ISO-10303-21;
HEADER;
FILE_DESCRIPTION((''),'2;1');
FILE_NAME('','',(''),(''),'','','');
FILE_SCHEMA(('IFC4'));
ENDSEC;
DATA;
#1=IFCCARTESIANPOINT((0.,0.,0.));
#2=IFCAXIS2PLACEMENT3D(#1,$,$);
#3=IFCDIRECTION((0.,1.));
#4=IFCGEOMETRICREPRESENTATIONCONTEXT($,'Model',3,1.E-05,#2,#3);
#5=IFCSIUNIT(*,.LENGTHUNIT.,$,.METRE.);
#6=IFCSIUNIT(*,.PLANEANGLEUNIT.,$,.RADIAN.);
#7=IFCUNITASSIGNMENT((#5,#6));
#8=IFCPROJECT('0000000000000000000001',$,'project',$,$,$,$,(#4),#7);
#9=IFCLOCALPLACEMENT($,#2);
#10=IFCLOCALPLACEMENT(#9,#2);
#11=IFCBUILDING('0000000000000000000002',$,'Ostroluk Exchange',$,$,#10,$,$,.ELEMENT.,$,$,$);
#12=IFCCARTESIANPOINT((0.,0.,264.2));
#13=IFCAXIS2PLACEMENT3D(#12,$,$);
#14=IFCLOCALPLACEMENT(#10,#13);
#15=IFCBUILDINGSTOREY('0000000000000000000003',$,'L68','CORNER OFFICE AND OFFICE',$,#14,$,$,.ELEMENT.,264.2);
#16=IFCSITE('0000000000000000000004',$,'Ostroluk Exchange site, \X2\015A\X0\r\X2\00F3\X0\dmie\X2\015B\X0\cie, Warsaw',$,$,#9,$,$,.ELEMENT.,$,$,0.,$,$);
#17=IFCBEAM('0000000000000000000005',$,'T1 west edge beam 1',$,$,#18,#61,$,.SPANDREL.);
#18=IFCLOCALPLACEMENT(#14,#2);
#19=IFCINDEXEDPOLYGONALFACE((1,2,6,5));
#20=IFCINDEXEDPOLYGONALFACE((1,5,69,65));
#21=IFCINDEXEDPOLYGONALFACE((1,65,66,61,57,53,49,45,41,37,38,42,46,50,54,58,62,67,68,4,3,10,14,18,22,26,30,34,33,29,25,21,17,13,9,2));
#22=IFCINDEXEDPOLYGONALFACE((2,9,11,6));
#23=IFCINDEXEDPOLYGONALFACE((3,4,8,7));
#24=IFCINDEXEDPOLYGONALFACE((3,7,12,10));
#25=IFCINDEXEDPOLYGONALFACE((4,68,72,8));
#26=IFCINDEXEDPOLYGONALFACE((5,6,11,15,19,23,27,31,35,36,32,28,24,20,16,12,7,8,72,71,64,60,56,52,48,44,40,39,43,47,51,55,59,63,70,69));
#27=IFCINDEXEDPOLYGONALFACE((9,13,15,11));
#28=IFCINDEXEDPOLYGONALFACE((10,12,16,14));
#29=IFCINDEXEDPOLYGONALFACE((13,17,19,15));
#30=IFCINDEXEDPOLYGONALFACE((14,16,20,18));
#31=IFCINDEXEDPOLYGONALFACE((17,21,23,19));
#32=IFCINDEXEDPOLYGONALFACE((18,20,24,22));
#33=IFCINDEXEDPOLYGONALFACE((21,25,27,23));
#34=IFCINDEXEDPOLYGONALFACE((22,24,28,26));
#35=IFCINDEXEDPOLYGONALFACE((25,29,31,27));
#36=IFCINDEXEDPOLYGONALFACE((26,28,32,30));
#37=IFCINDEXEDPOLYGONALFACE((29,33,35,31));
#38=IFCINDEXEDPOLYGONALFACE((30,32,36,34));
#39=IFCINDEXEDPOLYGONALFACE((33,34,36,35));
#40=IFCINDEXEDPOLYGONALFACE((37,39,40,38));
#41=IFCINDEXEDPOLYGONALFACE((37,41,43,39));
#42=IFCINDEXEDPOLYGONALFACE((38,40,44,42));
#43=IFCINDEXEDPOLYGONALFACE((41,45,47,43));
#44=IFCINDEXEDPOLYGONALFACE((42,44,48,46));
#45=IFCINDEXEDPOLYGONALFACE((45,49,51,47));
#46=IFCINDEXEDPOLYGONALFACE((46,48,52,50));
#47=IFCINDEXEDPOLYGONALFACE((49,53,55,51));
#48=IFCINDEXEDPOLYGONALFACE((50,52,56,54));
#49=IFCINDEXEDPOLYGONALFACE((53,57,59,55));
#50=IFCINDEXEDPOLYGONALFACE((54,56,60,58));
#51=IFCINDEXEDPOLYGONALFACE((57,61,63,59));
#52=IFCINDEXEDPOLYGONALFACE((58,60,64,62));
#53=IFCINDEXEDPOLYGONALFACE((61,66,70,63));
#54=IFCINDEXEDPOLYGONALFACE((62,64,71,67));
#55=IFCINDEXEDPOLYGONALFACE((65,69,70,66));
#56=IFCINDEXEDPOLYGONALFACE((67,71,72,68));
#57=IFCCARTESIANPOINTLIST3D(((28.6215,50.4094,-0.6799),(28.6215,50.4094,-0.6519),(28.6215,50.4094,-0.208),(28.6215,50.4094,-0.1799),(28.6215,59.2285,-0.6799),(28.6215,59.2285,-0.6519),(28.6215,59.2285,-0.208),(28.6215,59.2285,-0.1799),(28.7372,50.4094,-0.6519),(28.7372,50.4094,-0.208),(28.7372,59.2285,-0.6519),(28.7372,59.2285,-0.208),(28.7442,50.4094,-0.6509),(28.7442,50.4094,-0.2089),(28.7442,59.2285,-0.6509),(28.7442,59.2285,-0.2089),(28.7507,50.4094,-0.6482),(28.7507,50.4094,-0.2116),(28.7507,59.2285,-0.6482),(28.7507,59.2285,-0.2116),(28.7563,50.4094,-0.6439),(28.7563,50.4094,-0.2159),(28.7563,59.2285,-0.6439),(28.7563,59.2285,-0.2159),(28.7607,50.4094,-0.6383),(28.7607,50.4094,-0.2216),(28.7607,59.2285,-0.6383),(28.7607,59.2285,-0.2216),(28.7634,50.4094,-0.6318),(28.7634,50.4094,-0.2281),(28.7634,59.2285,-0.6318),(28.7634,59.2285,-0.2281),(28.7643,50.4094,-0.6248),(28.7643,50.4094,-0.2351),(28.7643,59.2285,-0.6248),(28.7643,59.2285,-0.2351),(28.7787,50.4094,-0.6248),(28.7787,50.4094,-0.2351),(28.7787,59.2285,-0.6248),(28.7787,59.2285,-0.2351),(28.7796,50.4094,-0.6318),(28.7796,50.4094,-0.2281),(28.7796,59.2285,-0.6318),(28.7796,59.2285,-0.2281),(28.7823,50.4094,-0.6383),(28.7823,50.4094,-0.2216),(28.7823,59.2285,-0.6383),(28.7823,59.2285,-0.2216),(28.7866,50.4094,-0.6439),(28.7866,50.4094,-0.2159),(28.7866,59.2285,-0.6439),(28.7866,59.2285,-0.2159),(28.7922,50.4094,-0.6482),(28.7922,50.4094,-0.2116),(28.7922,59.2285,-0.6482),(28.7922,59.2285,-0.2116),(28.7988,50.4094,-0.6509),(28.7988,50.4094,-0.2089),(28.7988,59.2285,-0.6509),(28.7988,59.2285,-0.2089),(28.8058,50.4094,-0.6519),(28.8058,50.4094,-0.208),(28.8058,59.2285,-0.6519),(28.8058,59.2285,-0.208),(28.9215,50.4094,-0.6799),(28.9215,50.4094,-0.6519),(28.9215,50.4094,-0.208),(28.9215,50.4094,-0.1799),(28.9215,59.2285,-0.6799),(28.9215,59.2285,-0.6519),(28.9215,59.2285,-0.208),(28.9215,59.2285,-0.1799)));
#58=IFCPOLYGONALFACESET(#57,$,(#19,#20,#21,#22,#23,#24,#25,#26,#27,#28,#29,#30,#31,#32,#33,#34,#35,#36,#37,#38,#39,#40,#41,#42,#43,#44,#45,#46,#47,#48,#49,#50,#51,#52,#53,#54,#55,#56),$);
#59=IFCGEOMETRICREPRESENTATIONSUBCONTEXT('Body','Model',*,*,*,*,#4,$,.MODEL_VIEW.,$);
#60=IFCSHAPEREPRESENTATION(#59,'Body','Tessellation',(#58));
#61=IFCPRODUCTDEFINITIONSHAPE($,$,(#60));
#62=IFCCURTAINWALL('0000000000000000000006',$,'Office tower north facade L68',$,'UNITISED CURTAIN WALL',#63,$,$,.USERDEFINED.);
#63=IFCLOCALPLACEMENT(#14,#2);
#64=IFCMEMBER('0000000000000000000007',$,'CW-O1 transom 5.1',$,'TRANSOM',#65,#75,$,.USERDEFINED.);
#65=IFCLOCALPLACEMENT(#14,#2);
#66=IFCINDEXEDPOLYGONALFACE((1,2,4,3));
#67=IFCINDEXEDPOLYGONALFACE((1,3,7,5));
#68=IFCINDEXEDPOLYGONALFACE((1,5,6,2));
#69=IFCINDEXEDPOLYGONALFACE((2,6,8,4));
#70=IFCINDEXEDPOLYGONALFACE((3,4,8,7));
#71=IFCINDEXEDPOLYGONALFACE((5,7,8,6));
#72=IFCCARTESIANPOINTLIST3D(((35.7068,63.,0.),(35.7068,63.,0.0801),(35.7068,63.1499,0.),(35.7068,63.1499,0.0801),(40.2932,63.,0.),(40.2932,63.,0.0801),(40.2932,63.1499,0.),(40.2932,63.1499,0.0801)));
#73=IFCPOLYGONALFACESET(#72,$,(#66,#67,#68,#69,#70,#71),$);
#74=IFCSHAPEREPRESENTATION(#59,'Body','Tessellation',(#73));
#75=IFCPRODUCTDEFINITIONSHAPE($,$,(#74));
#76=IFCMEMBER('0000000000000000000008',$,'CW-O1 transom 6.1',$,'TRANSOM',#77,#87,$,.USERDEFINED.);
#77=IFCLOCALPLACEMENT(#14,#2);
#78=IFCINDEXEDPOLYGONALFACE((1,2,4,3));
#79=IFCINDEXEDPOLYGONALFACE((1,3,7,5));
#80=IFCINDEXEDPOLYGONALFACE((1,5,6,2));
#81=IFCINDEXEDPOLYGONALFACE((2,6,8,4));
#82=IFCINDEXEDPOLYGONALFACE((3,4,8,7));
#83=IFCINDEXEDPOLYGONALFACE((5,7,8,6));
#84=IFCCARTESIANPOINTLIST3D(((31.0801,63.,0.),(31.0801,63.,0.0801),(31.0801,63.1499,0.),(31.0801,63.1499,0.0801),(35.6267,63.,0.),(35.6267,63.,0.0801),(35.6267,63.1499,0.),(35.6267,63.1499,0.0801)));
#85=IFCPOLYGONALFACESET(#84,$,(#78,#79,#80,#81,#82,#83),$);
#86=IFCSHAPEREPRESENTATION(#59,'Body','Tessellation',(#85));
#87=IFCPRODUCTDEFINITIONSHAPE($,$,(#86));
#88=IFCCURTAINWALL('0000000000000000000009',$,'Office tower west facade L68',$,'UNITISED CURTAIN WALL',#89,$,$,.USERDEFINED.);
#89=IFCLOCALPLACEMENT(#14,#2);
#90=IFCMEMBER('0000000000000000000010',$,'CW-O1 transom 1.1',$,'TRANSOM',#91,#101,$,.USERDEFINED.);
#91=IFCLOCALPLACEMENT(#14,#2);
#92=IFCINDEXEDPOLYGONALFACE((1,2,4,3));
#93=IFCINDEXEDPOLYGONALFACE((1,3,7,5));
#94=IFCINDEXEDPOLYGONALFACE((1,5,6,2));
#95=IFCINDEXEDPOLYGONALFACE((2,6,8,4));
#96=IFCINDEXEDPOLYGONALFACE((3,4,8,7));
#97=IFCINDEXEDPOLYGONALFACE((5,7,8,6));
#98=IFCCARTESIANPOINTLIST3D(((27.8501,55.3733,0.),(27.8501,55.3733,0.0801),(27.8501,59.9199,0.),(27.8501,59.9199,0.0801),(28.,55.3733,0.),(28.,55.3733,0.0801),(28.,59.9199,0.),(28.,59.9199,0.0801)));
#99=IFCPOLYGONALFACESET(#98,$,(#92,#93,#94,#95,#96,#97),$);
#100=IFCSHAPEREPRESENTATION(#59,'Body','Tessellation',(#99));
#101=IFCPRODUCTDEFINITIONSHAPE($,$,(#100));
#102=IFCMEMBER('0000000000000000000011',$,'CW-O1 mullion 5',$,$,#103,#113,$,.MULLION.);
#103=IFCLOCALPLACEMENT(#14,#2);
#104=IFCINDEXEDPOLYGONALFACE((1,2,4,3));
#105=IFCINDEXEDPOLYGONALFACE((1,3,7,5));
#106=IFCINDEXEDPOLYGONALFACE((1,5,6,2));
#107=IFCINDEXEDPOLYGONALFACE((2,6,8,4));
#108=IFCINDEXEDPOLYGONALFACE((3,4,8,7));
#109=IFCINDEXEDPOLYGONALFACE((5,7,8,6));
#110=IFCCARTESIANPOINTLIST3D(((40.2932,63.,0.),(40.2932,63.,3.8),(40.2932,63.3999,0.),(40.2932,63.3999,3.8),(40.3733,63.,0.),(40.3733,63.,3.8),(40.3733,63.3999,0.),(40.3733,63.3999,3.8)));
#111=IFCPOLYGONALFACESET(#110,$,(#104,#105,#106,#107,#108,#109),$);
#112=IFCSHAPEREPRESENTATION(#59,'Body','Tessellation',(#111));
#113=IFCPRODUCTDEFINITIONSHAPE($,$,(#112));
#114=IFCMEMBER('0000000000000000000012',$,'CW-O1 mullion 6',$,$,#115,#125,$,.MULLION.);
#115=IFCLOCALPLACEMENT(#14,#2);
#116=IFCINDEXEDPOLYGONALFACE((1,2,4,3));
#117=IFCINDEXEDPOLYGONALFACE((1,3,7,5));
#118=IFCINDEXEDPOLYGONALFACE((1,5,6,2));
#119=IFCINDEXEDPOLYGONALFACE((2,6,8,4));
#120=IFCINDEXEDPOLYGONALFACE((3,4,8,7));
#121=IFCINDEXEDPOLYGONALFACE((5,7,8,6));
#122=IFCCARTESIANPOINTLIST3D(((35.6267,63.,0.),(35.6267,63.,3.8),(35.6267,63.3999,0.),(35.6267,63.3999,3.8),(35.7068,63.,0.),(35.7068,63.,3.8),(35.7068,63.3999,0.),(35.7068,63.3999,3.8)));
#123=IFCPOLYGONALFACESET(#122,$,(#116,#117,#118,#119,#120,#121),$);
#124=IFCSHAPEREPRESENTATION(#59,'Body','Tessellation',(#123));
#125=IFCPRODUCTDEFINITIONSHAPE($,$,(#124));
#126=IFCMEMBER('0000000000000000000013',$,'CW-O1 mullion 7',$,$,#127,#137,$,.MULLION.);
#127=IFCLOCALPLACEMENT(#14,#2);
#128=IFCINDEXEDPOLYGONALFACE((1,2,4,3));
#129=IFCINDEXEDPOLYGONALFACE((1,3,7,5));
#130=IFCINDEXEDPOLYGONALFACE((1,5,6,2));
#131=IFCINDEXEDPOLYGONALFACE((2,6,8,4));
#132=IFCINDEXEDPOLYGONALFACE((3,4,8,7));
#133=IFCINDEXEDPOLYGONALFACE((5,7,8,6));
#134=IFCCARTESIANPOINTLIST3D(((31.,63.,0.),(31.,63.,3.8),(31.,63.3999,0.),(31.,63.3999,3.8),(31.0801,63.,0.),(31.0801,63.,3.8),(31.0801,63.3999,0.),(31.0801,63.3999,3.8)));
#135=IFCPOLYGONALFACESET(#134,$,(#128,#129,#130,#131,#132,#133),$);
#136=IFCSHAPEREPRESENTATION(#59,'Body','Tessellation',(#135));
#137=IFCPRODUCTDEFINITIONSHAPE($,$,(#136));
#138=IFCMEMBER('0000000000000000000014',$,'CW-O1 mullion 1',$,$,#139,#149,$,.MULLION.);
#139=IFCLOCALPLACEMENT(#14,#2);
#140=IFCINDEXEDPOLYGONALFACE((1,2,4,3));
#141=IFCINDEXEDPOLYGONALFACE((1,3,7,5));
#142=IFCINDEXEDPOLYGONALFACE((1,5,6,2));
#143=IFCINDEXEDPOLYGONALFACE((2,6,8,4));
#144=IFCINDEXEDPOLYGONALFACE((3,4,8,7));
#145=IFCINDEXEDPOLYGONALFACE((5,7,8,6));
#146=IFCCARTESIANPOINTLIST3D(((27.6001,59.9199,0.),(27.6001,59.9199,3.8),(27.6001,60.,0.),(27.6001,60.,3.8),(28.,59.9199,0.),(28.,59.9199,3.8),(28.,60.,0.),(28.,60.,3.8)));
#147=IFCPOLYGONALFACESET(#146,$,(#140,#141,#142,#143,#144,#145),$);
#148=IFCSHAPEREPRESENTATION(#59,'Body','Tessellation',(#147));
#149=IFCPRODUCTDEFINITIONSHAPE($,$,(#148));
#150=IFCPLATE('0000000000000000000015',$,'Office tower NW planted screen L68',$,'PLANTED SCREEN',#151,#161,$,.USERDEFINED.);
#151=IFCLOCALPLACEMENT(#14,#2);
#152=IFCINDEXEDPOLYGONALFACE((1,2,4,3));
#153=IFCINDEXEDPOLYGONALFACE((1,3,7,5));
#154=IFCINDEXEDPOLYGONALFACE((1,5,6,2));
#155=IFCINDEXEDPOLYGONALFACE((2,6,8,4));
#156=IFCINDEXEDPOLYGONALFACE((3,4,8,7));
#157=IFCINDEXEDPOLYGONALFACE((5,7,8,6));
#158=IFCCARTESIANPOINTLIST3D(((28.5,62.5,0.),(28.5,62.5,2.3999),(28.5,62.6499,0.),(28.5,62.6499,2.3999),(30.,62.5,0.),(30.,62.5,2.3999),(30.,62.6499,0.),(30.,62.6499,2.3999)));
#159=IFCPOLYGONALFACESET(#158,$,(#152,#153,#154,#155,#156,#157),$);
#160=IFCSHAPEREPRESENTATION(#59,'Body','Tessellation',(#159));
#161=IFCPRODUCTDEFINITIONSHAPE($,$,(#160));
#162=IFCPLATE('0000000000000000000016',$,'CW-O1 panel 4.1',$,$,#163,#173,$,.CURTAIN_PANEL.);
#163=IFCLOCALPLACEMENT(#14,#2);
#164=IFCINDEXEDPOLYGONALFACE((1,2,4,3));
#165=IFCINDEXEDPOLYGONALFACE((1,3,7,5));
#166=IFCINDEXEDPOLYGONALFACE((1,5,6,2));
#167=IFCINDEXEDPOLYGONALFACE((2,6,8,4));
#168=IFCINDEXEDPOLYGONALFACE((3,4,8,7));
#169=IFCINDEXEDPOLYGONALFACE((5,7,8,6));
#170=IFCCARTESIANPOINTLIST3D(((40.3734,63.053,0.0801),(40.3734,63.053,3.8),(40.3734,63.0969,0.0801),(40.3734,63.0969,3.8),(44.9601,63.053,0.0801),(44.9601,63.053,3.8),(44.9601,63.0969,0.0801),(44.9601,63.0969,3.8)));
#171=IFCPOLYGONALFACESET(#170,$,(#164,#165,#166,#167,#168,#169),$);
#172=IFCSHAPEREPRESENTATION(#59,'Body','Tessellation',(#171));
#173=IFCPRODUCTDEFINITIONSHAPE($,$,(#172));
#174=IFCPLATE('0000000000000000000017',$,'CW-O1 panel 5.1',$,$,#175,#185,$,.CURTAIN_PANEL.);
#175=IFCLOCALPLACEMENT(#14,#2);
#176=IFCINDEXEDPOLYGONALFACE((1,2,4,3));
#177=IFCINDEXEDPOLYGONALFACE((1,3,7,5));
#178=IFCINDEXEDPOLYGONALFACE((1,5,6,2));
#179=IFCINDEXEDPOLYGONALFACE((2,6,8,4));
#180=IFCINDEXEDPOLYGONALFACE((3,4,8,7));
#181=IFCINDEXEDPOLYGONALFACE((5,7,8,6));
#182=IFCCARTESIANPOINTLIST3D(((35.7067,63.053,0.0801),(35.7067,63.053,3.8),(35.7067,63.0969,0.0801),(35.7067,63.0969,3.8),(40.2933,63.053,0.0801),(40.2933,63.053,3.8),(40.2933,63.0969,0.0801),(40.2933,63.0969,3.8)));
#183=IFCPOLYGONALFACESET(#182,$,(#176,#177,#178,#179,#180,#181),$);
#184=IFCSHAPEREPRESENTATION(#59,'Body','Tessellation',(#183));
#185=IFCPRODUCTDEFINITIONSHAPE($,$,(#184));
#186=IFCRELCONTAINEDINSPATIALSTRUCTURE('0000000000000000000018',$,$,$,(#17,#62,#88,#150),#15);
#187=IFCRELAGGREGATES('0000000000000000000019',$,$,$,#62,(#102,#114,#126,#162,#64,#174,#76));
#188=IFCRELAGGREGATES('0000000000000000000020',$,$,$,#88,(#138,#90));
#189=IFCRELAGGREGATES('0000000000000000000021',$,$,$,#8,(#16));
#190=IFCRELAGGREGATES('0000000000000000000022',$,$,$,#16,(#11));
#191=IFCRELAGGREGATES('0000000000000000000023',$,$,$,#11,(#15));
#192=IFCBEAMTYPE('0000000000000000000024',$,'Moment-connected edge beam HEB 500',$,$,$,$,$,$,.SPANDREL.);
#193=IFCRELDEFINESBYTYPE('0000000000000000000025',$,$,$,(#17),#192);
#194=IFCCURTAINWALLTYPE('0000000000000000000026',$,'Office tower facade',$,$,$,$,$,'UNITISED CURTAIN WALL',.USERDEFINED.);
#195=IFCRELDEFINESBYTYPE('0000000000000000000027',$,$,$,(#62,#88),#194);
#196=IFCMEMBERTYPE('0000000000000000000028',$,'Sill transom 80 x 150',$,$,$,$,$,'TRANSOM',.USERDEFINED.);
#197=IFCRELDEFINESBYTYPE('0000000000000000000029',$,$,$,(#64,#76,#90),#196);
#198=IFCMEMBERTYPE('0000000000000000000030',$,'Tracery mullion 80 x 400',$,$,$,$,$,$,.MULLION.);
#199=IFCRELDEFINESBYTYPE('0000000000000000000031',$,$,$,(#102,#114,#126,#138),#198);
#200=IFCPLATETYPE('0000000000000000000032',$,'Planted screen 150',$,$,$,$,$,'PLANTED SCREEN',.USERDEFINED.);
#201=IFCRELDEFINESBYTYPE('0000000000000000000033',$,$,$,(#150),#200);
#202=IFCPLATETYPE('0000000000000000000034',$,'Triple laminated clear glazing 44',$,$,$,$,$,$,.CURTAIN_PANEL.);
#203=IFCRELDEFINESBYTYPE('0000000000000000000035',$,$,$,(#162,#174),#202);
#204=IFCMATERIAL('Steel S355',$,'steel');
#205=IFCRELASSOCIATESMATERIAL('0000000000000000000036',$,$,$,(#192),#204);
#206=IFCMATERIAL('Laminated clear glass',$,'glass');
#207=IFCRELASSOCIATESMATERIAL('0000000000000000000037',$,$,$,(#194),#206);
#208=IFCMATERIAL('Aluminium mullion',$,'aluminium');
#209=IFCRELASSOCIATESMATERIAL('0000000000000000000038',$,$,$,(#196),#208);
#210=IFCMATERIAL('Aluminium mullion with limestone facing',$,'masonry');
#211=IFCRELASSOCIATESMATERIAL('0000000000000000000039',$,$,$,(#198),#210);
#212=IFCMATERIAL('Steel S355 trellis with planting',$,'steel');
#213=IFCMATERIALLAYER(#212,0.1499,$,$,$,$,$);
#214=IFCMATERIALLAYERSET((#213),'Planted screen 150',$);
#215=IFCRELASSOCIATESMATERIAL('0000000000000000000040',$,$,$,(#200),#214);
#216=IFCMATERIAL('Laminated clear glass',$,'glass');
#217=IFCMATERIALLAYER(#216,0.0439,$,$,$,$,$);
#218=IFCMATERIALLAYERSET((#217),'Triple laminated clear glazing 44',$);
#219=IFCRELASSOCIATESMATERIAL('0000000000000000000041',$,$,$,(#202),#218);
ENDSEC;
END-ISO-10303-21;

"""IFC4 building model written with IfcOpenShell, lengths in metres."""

from ifc_helpers import new_model, si_unit, direction, frame, origin, origin_2d, place, context, subcontext, project, spatial, rectangle, i_section, extrude, material, layer, layer_set, material_profile, profile_set, type_object, element, aggregate, save


model = new_model("IFC4")

# Units and contexts
model_context = context("Model", 3, precision=1e-05, world=origin(), true_north=direction((0.0, 1.0)))
body_context = subcontext(model_context, "Body", "Model", "MODEL_VIEW")
ifc_project = project(units=[si_unit("LENGTHUNIT", "METRE"), si_unit("PLANEANGLEUNIT", "RADIAN")], contexts=[model_context])

# Site, building, storey
site_placement = place(None, origin())
site = spatial("IfcSite", under=ifc_project, at=site_placement, Name="Ostroluk Exchange site, Śródmieście, Warsaw", CompositionType="ELEMENT", RefElevation=0.0)
building_placement = place(site_placement, origin())
building = spatial("IfcBuilding", under=site, at=building_placement, Name="Ostroluk Exchange", CompositionType="ELEMENT")
storey_placement = place(building_placement, frame((0.0, 0.0, 264.2)))
storey = spatial("IfcBuildingStorey", under=building, at=storey_placement, Name="L68", Description="CORNER OFFICE AND OFFICE", CompositionType="ELEMENT", Elevation=264.2)

# Beam
ifc_material_1 = material(Name="Steel S355", Category="steel")
ifc_material_profile_1 = material_profile(ifc_material_1, i_section(OverallWidth=0.3, OverallDepth=0.5, WebThickness=0.0144, FlangeThickness=0.0281, FilletRadius=0.0271, at=origin_2d()), Name="HEB 500")
ifc_profile_set_1 = profile_set([ifc_material_profile_1], Name="Steel S355")
beam_type_1 = type_object("IfcBeamType", Name="Moment-connected edge beam HEB 500", PredefinedType="SPANDREL", material=ifc_profile_set_1)
for number, where, z_axis, x_axis, name in (
    (1, (28.7715, 59.2285, -0.4299), (0.0, -1.0, 0.0), (1.0, 0.0, 0.0), "T1 west edge beam 1"),
):
    element("IfcBeam", number, at=place(storey_placement, frame(where, z_axis=z_axis, x_axis=x_axis)), inside=storey, type_object=beam_type_1, Name=name, PredefinedType="SPANDREL", context=body_context, shape_type="SweptSolid", body=[
        extrude(i_section(OverallWidth=0.3, OverallDepth=0.5, WebThickness=0.0144, FlangeThickness=0.0281, FilletRadius=0.0271, at=origin_2d()), origin(), (0.0, 0.0, 1.0), 8.8191),
    ])

# Curtain wall, members
ifc_material_2 = material(Name="Laminated clear glass", Category="glass")
curtain_wall_type = type_object("IfcCurtainWallType", Name="Office tower facade", ElementType="UNITISED CURTAIN WALL", PredefinedType="USERDEFINED", material=ifc_material_2)
curtain_wall_1_placement = place(storey_placement, origin())
curtain_wall_1 = element("IfcCurtainWall", 2, at=curtain_wall_1_placement, inside=storey, type_object=curtain_wall_type, Name="Office tower north facade L68", ObjectType="UNITISED CURTAIN WALL", PredefinedType="USERDEFINED")
ifc_material_3 = material(Name="Aluminium mullion", Category="aluminium")
ifc_material_profile_2 = material_profile(ifc_material_3, rectangle(XDim=0.1499, YDim=0.0801, at=origin_2d()), Name="Sill transom 80 x 150")
ifc_profile_set_2 = profile_set([ifc_material_profile_2], Name="Aluminium mullion")
member_type_1 = type_object("IfcMemberType", Name="Sill transom 80 x 150", ElementType="TRANSOM", PredefinedType="USERDEFINED", material=ifc_profile_set_2)
member_1_placement = place(storey_placement, frame((40.2932, 63.075, 0.04), z_axis=(-1.0, 0.0, 0.0), x_axis=(0.0, -1.0, 0.0)))
member_1 = element("IfcMember", 3, at=member_1_placement, type_object=member_type_1, Name="CW-O1 transom 5.1", ObjectType="TRANSOM", PredefinedType="USERDEFINED", context=body_context, shape_type="SweptSolid", body=[
    extrude(rectangle(XDim=0.1499, YDim=0.0801, at=origin_2d()), origin(), (0.0, 0.0, 1.0), 4.5864),
])
member_2_placement = place(storey_placement, frame((35.6267, 63.075, 0.04), z_axis=(-1.0, 0.0, 0.0), x_axis=(0.0, -1.0, 0.0)))
member_2 = element("IfcMember", 4, at=member_2_placement, type_object=member_type_1, Name="CW-O1 transom 6.1", ObjectType="TRANSOM", PredefinedType="USERDEFINED", context=body_context, shape_type="SweptSolid", body=[
    extrude(rectangle(XDim=0.1499, YDim=0.0801, at=origin_2d()), origin(), (0.0, 0.0, 1.0), 4.5466),
])

# Curtain wall, member
curtain_wall_2_placement = place(storey_placement, origin())
curtain_wall_2 = element("IfcCurtainWall", 5, at=curtain_wall_2_placement, inside=storey, type_object=curtain_wall_type, Name="Office tower west facade L68", ObjectType="UNITISED CURTAIN WALL", PredefinedType="USERDEFINED")
member_3_placement = place(storey_placement, frame((27.925, 59.9199, 0.04), z_axis=(0.0, -1.0, 0.0), x_axis=(1.0, 0.0, 0.0)))
member_3 = element("IfcMember", 6, at=member_3_placement, type_object=member_type_1, Name="CW-O1 transom 1.1", ObjectType="TRANSOM", PredefinedType="USERDEFINED", context=body_context, shape_type="SweptSolid", body=[
    extrude(rectangle(XDim=0.1499, YDim=0.0801, at=origin_2d()), origin(), (0.0, 0.0, 1.0), 4.5466),
])

# Members
ifc_material_4 = material(Name="Aluminium mullion with limestone facing", Category="masonry")
ifc_material_profile_3 = material_profile(ifc_material_4, rectangle(XDim=0.3999, YDim=0.0801, at=origin_2d()), Name="Tracery mullion 80 x 400")
ifc_profile_set_3 = profile_set([ifc_material_profile_3], Name="Aluminium mullion with limestone facing")
member_type_2 = type_object("IfcMemberType", Name="Tracery mullion 80 x 400", PredefinedType="MULLION", material=ifc_profile_set_3)
member_4_placement = place(storey_placement, frame((40.3333, 63.2, 0.0), z_axis=(0.0, 0.0, 1.0), x_axis=(0.0, -1.0, 0.0)))
member_4 = element("IfcMember", 7, at=member_4_placement, type_object=member_type_2, Name="CW-O1 mullion 5", PredefinedType="MULLION", context=body_context, shape_type="SweptSolid", body=[
    extrude(rectangle(XDim=0.3999, YDim=0.0801, at=origin_2d()), origin(), (0.0, 0.0, 1.0), 3.8),
])
member_5_placement = place(storey_placement, frame((35.6667, 63.2, 0.0), z_axis=(0.0, 0.0, 1.0), x_axis=(0.0, -1.0, 0.0)))
member_5 = element("IfcMember", 8, at=member_5_placement, type_object=member_type_2, Name="CW-O1 mullion 6", PredefinedType="MULLION", context=body_context, shape_type="SweptSolid", body=[
    extrude(rectangle(XDim=0.3999, YDim=0.0801, at=origin_2d()), origin(), (0.0, 0.0, 1.0), 3.8),
])
member_6_placement = place(storey_placement, frame((31.04, 63.2, 0.0), z_axis=(0.0, 0.0, 1.0), x_axis=(0.0, -1.0, 0.0)))
member_6 = element("IfcMember", 9, at=member_6_placement, type_object=member_type_2, Name="CW-O1 mullion 7", PredefinedType="MULLION", context=body_context, shape_type="SweptSolid", body=[
    extrude(rectangle(XDim=0.3999, YDim=0.0801, at=origin_2d()), origin(), (0.0, 0.0, 1.0), 3.8),
])
member_7_placement = place(storey_placement, frame((27.8, 59.96, 0.0), z_axis=(0.0, 0.0, 1.0), x_axis=(1.0, 0.0, 0.0)))
member_7 = element("IfcMember", 10, at=member_7_placement, type_object=member_type_2, Name="CW-O1 mullion 1", PredefinedType="MULLION", context=body_context, shape_type="SweptSolid", body=[
    extrude(rectangle(XDim=0.3999, YDim=0.0801, at=origin_2d()), origin(), (0.0, 0.0, 1.0), 3.8),
])

# Plates
ifc_material_5 = material(Name="Steel S355 trellis with planting", Category="steel")
ifc_layer_1 = layer(ifc_material_5, 0.1499)
ifc_layer_set_1 = layer_set([ifc_layer_1], Name="Planted screen 150")
plate_type_1 = type_object("IfcPlateType", Name="Planted screen 150", ElementType="PLANTED SCREEN", PredefinedType="USERDEFINED", material=ifc_layer_set_1)
plate_1_placement = place(storey_placement, frame((29.25, 62.575, 0.0), z_axis=(0.0, 0.0, 1.0), x_axis=(1.0, 0.0, 0.0)))
element("IfcPlate", 11, at=plate_1_placement, inside=storey, type_object=plate_type_1, Name="Office tower NW planted screen L68", ObjectType="PLANTED SCREEN", PredefinedType="USERDEFINED", context=body_context, shape_type="SweptSolid", body=[
    extrude(rectangle(XDim=1.5, YDim=0.1499, at=origin_2d()), origin(), (0.0, 0.0, 1.0), 2.3999),
])
ifc_material_6 = material(Name="Laminated clear glass", Category="glass")
ifc_layer_2 = layer(ifc_material_6, 0.0439)
ifc_layer_set_2 = layer_set([ifc_layer_2], Name="Triple laminated clear glazing 44")
plate_type_2 = type_object("IfcPlateType", Name="Triple laminated clear glazing 44", PredefinedType="CURTAIN_PANEL", material=ifc_layer_set_2)
plate_2_placement = place(storey_placement, frame((42.6667, 63.075, 0.0801), z_axis=(0.0, 0.0, 1.0), x_axis=(-1.0, 0.0, 0.0)))
plate_2 = element("IfcPlate", 12, at=plate_2_placement, type_object=plate_type_2, Name="CW-O1 panel 4.1", PredefinedType="CURTAIN_PANEL", context=body_context, shape_type="SweptSolid", body=[
    extrude(rectangle(XDim=4.5867, YDim=0.0439, at=origin_2d()), origin(), (0.0, 0.0, 1.0), 3.72),
])
plate_3_placement = place(storey_placement, frame((38.0, 63.075, 0.0801), z_axis=(0.0, 0.0, 1.0), x_axis=(-1.0, 0.0, 0.0)))
plate_3 = element("IfcPlate", 13, at=plate_3_placement, type_object=plate_type_2, Name="CW-O1 panel 5.1", PredefinedType="CURTAIN_PANEL", context=body_context, shape_type="SweptSolid", body=[
    extrude(rectangle(XDim=4.5867, YDim=0.0439, at=origin_2d()), origin(), (0.0, 0.0, 1.0), 3.72),
])
aggregate(curtain_wall_1, [member_4, member_5, member_6, plate_2, member_1, plate_3, member_2])
aggregate(curtain_wall_2, [member_7, member_3])

save(model, "model.ifc")
